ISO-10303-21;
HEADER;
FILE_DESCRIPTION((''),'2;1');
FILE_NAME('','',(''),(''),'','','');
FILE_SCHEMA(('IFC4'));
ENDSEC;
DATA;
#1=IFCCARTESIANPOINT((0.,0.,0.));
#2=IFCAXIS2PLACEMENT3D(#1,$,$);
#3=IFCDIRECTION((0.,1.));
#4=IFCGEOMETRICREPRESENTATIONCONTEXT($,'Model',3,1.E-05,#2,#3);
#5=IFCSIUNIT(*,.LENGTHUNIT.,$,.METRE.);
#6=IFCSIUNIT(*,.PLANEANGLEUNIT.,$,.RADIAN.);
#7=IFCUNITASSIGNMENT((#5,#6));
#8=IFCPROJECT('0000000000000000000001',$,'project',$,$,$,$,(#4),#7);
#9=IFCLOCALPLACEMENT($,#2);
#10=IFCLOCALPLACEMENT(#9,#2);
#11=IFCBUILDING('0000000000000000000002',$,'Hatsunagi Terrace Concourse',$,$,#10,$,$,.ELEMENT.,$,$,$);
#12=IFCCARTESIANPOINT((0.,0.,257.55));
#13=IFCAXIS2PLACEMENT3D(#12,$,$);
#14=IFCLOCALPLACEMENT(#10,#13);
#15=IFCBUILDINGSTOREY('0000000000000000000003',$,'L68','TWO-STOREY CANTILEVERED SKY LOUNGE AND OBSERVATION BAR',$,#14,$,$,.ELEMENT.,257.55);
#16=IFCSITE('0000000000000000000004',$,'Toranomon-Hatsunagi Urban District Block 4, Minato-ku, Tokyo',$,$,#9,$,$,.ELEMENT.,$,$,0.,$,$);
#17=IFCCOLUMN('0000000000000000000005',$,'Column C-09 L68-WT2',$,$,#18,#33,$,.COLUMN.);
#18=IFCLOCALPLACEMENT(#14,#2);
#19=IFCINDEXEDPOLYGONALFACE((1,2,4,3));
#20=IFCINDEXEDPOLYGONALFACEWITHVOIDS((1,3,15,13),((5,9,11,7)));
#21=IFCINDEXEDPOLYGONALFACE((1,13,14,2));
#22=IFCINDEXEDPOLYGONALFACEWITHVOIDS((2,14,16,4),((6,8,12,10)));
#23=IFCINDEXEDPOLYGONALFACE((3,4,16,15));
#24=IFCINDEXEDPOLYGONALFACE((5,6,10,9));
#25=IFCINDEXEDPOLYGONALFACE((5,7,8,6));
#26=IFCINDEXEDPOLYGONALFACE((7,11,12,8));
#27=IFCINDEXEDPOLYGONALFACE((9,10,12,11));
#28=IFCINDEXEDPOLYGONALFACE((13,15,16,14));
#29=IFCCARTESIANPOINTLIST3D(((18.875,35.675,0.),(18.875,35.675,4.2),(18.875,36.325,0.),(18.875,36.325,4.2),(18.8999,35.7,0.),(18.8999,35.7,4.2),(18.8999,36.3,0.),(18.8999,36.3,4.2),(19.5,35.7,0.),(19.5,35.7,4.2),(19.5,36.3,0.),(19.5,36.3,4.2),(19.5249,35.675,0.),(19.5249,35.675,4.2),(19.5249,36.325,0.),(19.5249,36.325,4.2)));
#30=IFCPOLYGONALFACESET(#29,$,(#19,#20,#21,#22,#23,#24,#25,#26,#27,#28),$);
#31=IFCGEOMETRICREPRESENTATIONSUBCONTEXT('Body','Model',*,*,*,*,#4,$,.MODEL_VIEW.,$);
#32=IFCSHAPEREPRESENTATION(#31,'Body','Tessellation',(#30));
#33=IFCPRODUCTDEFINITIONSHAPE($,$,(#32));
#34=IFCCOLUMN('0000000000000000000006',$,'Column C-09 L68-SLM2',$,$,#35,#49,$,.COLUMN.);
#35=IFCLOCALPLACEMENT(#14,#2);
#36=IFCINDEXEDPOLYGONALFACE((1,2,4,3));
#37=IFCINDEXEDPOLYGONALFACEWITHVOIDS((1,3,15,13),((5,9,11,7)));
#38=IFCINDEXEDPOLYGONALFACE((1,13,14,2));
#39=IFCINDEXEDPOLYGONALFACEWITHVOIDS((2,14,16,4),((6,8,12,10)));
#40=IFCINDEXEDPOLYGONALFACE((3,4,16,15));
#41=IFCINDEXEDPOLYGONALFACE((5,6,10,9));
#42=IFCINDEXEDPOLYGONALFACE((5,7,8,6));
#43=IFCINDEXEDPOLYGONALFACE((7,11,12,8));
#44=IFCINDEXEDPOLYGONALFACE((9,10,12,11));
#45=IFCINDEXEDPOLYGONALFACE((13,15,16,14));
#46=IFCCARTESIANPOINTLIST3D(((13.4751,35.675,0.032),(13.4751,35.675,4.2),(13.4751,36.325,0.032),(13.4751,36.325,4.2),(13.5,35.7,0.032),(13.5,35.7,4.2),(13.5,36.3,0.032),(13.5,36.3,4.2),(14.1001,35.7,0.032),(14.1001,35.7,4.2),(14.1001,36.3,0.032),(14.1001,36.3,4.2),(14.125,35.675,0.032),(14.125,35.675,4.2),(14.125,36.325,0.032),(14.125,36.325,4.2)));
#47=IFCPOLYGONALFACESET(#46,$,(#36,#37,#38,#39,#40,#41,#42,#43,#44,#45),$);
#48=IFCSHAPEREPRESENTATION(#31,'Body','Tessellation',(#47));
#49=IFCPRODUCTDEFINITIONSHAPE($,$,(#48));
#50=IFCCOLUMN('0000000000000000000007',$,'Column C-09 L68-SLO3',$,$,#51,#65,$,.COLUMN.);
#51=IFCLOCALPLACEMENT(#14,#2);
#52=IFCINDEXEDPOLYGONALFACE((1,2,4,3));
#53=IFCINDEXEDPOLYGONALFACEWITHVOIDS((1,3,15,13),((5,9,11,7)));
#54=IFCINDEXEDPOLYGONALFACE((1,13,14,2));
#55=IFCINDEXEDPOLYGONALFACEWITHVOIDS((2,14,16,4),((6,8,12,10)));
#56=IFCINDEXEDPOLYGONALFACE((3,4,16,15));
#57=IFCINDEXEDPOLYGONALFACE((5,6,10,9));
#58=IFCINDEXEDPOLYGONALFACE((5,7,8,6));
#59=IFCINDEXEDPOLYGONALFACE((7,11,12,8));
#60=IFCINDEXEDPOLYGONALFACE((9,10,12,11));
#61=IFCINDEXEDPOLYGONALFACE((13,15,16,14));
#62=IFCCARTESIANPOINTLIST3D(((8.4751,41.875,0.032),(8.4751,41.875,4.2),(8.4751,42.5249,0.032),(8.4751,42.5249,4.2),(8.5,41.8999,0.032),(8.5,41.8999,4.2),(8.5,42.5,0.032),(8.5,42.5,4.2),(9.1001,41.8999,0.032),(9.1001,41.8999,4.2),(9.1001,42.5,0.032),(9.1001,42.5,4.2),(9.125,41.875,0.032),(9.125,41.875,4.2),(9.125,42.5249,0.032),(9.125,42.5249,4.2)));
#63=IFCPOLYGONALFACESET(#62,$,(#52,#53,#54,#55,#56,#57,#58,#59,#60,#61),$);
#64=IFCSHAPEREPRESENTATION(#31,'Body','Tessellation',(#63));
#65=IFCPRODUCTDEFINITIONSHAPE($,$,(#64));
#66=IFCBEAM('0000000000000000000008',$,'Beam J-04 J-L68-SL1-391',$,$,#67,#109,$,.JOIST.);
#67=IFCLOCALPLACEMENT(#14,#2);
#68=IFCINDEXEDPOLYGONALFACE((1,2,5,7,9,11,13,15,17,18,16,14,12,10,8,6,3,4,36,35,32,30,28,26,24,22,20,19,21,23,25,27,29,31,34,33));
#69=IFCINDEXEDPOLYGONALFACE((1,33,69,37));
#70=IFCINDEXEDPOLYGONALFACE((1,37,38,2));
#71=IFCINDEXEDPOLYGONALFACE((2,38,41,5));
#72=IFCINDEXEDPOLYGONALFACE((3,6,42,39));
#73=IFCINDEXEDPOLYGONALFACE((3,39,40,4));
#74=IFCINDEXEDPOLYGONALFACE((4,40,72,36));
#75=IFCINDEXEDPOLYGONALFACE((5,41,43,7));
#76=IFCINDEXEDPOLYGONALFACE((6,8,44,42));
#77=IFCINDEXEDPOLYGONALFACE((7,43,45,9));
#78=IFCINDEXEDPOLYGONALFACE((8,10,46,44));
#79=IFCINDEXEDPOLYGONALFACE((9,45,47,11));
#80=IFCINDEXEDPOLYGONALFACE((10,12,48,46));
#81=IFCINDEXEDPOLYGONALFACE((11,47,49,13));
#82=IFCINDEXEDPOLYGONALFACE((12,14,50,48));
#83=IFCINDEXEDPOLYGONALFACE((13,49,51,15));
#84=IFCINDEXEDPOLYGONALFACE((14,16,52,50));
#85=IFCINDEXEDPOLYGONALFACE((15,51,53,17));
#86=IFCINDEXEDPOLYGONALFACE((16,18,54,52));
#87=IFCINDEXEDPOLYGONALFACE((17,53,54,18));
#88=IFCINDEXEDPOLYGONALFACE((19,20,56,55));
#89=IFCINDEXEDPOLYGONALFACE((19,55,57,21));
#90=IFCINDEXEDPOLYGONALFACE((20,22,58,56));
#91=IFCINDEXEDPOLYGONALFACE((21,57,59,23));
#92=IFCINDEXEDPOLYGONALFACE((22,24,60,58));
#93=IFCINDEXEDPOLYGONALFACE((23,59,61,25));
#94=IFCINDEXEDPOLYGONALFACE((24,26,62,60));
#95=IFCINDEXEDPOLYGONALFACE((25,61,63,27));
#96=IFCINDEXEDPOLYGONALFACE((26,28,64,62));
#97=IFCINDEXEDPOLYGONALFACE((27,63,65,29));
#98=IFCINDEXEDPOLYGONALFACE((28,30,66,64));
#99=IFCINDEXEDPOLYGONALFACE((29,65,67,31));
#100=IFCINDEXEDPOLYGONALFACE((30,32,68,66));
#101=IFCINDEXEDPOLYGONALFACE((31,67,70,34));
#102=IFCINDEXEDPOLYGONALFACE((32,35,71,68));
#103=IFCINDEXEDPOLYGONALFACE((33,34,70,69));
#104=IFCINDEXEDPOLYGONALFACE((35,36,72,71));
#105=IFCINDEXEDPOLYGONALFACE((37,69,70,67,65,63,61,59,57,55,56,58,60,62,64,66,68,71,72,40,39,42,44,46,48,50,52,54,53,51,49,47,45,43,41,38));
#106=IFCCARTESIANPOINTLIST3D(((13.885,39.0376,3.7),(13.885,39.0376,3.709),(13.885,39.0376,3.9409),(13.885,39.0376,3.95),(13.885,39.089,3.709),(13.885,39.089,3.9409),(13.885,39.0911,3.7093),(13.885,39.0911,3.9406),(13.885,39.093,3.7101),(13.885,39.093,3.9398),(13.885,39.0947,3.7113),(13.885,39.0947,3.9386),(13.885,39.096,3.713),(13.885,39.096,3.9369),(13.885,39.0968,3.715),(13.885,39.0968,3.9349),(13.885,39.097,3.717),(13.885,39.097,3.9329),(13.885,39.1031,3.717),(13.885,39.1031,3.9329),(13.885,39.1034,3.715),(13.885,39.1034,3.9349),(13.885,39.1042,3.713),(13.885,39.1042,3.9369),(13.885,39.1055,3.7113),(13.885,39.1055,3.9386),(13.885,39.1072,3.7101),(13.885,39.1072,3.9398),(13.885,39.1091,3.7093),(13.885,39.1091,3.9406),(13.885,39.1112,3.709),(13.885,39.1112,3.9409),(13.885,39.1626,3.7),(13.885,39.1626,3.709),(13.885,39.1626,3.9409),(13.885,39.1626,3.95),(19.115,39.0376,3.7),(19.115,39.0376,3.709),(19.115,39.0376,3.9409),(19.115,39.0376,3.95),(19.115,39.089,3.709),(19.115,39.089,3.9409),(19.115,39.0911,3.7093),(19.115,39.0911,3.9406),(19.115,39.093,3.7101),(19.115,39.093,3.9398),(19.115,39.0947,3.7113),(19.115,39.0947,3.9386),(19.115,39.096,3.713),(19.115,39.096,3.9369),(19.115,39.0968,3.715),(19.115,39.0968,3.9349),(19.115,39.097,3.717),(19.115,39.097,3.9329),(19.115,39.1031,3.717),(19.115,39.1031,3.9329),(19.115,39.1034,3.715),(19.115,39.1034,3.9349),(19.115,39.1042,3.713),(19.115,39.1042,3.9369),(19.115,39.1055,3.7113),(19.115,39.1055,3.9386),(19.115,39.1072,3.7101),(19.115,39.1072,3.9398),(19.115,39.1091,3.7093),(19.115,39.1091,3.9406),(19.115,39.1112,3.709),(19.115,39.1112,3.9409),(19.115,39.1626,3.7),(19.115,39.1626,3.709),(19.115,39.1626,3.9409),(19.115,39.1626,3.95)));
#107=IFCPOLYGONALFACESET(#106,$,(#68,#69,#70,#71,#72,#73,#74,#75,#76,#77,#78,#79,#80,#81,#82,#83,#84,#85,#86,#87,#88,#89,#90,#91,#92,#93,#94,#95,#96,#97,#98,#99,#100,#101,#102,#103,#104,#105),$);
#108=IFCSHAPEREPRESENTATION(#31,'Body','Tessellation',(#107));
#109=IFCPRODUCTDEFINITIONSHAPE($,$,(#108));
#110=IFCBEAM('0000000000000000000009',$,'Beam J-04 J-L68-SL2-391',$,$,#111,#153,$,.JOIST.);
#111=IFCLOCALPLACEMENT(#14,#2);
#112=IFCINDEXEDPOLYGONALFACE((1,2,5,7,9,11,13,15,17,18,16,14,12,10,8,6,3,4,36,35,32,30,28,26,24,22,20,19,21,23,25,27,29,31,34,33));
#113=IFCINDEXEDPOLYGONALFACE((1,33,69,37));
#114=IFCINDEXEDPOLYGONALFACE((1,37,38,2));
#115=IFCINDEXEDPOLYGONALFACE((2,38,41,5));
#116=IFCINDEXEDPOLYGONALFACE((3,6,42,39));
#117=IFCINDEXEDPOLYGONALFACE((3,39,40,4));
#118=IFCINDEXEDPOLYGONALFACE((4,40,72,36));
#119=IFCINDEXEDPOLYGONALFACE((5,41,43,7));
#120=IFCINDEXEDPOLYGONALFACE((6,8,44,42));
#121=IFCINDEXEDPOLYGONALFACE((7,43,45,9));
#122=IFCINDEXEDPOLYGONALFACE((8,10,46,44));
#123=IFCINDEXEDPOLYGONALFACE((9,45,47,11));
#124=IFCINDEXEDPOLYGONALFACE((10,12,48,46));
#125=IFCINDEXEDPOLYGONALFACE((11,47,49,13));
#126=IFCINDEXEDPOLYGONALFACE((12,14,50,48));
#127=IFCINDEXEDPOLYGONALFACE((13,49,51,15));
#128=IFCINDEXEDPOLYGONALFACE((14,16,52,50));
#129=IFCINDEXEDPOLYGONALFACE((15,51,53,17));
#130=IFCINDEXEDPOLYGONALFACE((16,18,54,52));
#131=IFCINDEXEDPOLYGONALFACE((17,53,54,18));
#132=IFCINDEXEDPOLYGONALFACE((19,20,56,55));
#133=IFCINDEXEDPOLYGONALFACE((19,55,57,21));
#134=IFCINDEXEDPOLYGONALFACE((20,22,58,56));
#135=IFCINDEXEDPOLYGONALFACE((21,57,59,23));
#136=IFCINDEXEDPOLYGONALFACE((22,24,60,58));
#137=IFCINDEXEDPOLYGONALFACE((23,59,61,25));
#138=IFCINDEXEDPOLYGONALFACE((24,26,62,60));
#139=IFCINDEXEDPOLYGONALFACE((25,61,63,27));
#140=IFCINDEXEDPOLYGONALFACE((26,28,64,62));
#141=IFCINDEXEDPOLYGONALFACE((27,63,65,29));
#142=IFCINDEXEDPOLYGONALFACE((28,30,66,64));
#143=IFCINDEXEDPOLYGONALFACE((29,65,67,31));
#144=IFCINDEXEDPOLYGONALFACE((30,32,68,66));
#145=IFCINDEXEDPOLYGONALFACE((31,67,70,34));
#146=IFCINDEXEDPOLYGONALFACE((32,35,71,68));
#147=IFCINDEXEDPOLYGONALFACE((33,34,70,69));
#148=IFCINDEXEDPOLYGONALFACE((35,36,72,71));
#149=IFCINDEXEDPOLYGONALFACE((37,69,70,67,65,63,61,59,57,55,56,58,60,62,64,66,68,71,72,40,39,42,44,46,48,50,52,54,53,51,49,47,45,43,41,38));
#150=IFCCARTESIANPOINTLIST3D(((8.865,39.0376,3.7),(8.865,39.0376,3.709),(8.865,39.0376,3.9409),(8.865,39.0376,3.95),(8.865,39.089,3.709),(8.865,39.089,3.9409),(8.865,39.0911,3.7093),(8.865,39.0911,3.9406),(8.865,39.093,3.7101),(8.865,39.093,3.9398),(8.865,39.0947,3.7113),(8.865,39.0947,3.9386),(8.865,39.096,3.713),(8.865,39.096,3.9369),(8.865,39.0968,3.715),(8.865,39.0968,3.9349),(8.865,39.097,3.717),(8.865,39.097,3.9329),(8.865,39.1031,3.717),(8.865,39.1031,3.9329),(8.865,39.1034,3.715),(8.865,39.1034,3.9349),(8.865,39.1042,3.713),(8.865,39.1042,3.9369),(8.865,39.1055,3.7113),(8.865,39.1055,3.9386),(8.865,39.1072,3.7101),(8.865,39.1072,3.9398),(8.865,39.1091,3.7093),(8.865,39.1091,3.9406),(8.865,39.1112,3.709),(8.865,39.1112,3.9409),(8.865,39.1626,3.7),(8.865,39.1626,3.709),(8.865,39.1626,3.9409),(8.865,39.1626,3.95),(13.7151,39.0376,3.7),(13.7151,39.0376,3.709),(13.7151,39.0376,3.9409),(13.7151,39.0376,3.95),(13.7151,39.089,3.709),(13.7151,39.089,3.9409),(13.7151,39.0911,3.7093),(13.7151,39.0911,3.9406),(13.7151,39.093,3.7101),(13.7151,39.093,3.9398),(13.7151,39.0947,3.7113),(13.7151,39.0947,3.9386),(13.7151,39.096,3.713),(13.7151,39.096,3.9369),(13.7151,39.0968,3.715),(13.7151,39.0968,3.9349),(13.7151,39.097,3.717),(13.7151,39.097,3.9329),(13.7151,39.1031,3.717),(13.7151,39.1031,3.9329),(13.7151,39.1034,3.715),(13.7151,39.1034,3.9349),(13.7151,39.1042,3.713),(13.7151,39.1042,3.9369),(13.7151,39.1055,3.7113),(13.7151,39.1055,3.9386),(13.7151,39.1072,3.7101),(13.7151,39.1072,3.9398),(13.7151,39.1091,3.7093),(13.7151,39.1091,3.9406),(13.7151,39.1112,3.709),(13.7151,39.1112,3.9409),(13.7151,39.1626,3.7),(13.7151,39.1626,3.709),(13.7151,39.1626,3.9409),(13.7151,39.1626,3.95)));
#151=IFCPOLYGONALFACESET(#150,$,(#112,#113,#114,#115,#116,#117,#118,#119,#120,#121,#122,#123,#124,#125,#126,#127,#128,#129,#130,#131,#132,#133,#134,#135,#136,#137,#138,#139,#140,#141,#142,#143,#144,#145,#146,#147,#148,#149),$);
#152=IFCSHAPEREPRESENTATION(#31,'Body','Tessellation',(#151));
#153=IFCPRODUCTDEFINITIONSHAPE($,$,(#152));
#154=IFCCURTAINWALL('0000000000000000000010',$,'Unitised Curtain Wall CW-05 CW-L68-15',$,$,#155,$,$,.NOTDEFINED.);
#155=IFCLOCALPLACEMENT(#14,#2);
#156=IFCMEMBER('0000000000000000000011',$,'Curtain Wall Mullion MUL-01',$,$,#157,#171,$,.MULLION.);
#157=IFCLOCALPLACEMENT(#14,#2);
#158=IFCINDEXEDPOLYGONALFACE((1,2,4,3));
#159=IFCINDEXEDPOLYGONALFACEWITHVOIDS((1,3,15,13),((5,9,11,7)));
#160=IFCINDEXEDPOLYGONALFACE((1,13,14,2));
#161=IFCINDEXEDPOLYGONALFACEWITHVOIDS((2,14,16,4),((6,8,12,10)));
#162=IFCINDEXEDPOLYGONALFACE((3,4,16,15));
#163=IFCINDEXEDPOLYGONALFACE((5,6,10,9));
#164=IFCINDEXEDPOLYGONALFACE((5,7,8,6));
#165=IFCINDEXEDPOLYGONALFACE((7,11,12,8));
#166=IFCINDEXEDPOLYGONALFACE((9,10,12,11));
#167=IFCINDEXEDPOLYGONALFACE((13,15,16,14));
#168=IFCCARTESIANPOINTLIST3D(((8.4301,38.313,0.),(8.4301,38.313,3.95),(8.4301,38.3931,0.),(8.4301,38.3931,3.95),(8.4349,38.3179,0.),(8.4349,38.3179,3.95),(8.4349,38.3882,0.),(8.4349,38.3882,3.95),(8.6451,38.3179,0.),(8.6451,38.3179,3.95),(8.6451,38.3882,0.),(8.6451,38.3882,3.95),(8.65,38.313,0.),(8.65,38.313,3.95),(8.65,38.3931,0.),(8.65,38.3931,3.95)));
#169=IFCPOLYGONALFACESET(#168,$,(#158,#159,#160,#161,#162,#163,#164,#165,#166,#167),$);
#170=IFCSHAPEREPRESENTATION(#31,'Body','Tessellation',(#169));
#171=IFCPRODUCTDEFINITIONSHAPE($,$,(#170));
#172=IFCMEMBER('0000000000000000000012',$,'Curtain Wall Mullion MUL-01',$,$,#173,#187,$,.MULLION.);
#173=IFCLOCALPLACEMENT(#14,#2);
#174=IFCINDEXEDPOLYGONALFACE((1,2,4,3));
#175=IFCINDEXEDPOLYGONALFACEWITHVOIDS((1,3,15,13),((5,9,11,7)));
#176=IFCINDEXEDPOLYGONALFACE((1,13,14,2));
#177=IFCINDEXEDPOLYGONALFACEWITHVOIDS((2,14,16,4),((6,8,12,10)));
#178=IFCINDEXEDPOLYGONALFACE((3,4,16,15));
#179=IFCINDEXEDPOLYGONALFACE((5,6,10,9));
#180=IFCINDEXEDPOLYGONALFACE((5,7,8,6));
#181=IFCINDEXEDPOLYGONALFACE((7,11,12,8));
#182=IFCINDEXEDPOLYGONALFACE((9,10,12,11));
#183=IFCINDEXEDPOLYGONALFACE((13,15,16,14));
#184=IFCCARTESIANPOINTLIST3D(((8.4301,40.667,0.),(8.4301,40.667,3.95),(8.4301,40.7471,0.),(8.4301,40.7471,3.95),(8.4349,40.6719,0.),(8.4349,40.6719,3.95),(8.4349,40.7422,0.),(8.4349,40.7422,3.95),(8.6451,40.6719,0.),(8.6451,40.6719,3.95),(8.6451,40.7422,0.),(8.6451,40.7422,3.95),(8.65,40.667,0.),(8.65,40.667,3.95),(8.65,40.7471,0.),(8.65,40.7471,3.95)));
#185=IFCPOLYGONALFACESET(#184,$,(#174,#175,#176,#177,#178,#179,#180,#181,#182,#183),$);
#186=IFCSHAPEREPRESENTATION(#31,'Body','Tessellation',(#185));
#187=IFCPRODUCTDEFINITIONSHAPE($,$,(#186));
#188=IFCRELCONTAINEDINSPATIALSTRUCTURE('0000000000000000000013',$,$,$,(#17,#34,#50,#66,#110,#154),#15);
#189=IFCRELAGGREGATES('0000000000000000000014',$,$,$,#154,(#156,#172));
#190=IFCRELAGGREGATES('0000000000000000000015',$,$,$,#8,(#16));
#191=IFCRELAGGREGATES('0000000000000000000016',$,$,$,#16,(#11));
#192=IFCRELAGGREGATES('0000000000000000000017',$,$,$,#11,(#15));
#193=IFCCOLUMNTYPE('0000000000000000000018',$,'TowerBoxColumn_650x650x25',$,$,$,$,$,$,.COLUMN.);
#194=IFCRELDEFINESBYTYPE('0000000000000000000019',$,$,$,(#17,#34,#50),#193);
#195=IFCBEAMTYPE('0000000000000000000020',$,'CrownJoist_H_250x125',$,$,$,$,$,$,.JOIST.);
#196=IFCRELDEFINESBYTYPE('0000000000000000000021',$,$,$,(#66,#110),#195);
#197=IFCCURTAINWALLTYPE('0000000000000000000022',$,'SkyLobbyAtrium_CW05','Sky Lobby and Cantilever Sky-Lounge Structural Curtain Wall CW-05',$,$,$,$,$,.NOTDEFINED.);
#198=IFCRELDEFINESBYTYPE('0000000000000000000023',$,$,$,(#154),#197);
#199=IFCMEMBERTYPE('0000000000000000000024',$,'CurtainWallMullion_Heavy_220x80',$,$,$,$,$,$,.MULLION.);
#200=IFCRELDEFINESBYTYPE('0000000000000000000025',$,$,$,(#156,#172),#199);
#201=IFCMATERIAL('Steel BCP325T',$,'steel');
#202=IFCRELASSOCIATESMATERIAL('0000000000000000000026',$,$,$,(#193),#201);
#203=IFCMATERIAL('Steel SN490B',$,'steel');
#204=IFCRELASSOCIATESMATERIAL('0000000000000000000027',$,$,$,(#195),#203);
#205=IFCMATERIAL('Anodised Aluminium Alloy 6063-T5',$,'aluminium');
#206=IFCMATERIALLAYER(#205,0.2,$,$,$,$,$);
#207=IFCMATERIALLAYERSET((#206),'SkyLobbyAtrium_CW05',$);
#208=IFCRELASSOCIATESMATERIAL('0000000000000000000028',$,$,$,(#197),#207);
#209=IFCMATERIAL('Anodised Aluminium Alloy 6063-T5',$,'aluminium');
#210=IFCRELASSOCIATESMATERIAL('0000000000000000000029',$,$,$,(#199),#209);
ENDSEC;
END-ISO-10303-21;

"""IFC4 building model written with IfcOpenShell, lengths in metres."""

from ifc_helpers import new_model, si_unit, direction, frame, origin, origin_2d, place, context, subcontext, project, spatial, hollow_rectangle, i_section, extrude, material, layer, layer_set, material_profile, profile_set, type_object, element, aggregate, save


model = new_model("IFC4")

# Units and contexts
model_context = context("Model", 3, precision=1e-05, world=origin(), true_north=direction((0.0, 1.0)))
body_context = subcontext(model_context, "Body", "Model", "MODEL_VIEW")
ifc_project = project(units=[si_unit("LENGTHUNIT", "METRE"), si_unit("PLANEANGLEUNIT", "RADIAN")], contexts=[model_context])

# Site, building, storey
site_placement = place(None, origin())
site = spatial("IfcSite", under=ifc_project, at=site_placement, Name="Toranomon-Hatsunagi Urban District Block 4, Minato-ku, Tokyo", CompositionType="ELEMENT", RefElevation=0.0)
building_placement = place(site_placement, origin())
building = spatial("IfcBuilding", under=site, at=building_placement, Name="Hatsunagi Terrace Concourse", CompositionType="ELEMENT")
storey_placement = place(building_placement, frame((0.0, 0.0, 257.55)))
storey = spatial("IfcBuildingStorey", under=building, at=storey_placement, Name="L68", Description="TWO-STOREY CANTILEVERED SKY LOUNGE AND OBSERVATION BAR", CompositionType="ELEMENT", Elevation=257.55)

# Columns
ifc_material_1 = material(Name="Steel BCP325T", Category="steel")
ifc_material_profile_1 = material_profile(ifc_material_1, hollow_rectangle(XDim=0.6499, YDim=0.6499, WallThickness=0.0249, at=origin_2d()), Name="BCP-650x650x25")
ifc_profile_set_1 = profile_set([ifc_material_profile_1], Name="Steel BCP325T")
column_type = type_object("IfcColumnType", Name="TowerBoxColumn_650x650x25", PredefinedType="COLUMN", material=ifc_profile_set_1)
column_placement = place(storey_placement, frame((19.2, 36.0, 0.0), z_axis=(0.0, 0.0, 1.0), x_axis=(1.0, 0.0, 0.0)))
element("IfcColumn", 1, at=column_placement, inside=storey, type_object=column_type, Name="Column C-09 L68-WT2", PredefinedType="COLUMN", context=body_context, shape_type="SweptSolid", body=[
    extrude(hollow_rectangle(XDim=0.6499, YDim=0.6499, WallThickness=0.0249, at=origin_2d()), origin(), (0.0, 0.0, 1.0), 4.2),
])
for number, where, z_axis, x_axis, name in (
    (2, (13.8, 36.0, 0.032), (0.0, 0.0, 1.0), (1.0, 0.0, 0.0), "Column C-09 L68-SLM2"),
    (3, (8.8, 42.2, 0.032), (0.0, 0.0, 1.0), (1.0, 0.0, 0.0), "Column C-09 L68-SLO3"),
):
    element("IfcColumn", number, at=place(storey_placement, frame(where, z_axis=z_axis, x_axis=x_axis)), inside=storey, type_object=column_type, Name=name, PredefinedType="COLUMN", context=body_context, shape_type="SweptSolid", body=[
        extrude(hollow_rectangle(XDim=0.6499, YDim=0.6499, WallThickness=0.0249, at=origin_2d()), origin(), (0.0, 0.0, 1.0), 4.168),
    ])

# Beams
ifc_material_2 = material(Name="Steel SN490B", Category="steel")
ifc_material_profile_2 = material_profile(ifc_material_2, i_section(OverallWidth=0.125, OverallDepth=0.25, WebThickness=0.0061, FlangeThickness=0.009, FilletRadius=0.0081, at=origin_2d()), Name="H-250x125x6x9")
ifc_profile_set_2 = profile_set([ifc_material_profile_2], Name="Steel SN490B")
beam_type_1 = type_object("IfcBeamType", Name="CrownJoist_H_250x125", PredefinedType="JOIST", material=ifc_profile_set_2)
beam_1_placement = place(storey_placement, frame((19.115, 39.1001, 3.825), z_axis=(-1.0, 0.0, 0.0), x_axis=(0.0, -1.0, 0.0)))
element("IfcBeam", 4, at=beam_1_placement, inside=storey, type_object=beam_type_1, Name="Beam J-04 J-L68-SL1-391", PredefinedType="JOIST", context=body_context, shape_type="SweptSolid", body=[
    extrude(i_section(OverallWidth=0.125, OverallDepth=0.25, WebThickness=0.0061, FlangeThickness=0.009, FilletRadius=0.0081, at=origin_2d()), origin(), (0.0, 0.0, 1.0), 5.23),
])
beam_2_placement = place(storey_placement, frame((13.7151, 39.1001, 3.825), z_axis=(-1.0, 0.0, 0.0), x_axis=(0.0, -1.0, 0.0)))
element("IfcBeam", 5, at=beam_2_placement, inside=storey, type_object=beam_type_1, Name="Beam J-04 J-L68-SL2-391", PredefinedType="JOIST", context=body_context, shape_type="SweptSolid", body=[
    extrude(i_section(OverallWidth=0.125, OverallDepth=0.25, WebThickness=0.0061, FlangeThickness=0.009, FilletRadius=0.0081, at=origin_2d()), origin(), (0.0, 0.0, 1.0), 4.8501),
])

# Curtain wall, members
ifc_material_3 = material(Name="Anodised Aluminium Alloy 6063-T5", Category="aluminium")
ifc_layer_1 = layer(ifc_material_3, 0.2)
ifc_layer_set_1 = layer_set([ifc_layer_1], Name="SkyLobbyAtrium_CW05")
curtain_wall_type = type_object("IfcCurtainWallType", Name="SkyLobbyAtrium_CW05", Description="Sky Lobby and Cantilever Sky-Lounge Structural Curtain Wall CW-05", PredefinedType="NOTDEFINED", material=ifc_layer_set_1)
curtain_wall_placement = place(storey_placement, origin())
curtain_wall = element("IfcCurtainWall", 6, at=curtain_wall_placement, inside=storey, type_object=curtain_wall_type, Name="Unitised Curtain Wall CW-05 CW-L68-15", PredefinedType="NOTDEFINED")
ifc_material_4 = material(Name="Anodised Aluminium Alloy 6063-T5", Category="aluminium")
ifc_material_profile_3 = material_profile(ifc_material_4, hollow_rectangle(XDim=0.0801, YDim=0.22, WallThickness=0.0049, at=origin_2d()), Name="ALU-MUL-220x80x5")
ifc_profile_set_3 = profile_set([ifc_material_profile_3], Name="Anodised Aluminium Alloy 6063-T5")
member_type_1 = type_object("IfcMemberType", Name="CurtainWallMullion_Heavy_220x80", PredefinedType="MULLION", material=ifc_profile_set_3)
member_1_placement = place(storey_placement, frame((8.54, 38.353, 0.0), z_axis=(0.0, 0.0, 1.0), x_axis=(0.0, 1.0, 0.0)))
member_1 = element("IfcMember", 7, at=member_1_placement, type_object=member_type_1, Name="Curtain Wall Mullion MUL-01", PredefinedType="MULLION", context=body_context, shape_type="SweptSolid", body=[
    extrude(hollow_rectangle(XDim=0.0801, YDim=0.22, WallThickness=0.0049, at=origin_2d()), origin(), (0.0, 0.0, 1.0), 3.95),
])
member_2_placement = place(storey_placement, frame((8.54, 40.707, 0.0), z_axis=(0.0, 0.0, 1.0), x_axis=(0.0, 1.0, 0.0)))
member_2 = element("IfcMember", 8, at=member_2_placement, type_object=member_type_1, Name="Curtain Wall Mullion MUL-01", PredefinedType="MULLION", context=body_context, shape_type="SweptSolid", body=[
    extrude(hollow_rectangle(XDim=0.0801, YDim=0.22, WallThickness=0.0049, at=origin_2d()), origin(), (0.0, 0.0, 1.0), 3.95),
])

aggregate(curtain_wall, [member_1, member_2])

save(model, "model.ifc")
